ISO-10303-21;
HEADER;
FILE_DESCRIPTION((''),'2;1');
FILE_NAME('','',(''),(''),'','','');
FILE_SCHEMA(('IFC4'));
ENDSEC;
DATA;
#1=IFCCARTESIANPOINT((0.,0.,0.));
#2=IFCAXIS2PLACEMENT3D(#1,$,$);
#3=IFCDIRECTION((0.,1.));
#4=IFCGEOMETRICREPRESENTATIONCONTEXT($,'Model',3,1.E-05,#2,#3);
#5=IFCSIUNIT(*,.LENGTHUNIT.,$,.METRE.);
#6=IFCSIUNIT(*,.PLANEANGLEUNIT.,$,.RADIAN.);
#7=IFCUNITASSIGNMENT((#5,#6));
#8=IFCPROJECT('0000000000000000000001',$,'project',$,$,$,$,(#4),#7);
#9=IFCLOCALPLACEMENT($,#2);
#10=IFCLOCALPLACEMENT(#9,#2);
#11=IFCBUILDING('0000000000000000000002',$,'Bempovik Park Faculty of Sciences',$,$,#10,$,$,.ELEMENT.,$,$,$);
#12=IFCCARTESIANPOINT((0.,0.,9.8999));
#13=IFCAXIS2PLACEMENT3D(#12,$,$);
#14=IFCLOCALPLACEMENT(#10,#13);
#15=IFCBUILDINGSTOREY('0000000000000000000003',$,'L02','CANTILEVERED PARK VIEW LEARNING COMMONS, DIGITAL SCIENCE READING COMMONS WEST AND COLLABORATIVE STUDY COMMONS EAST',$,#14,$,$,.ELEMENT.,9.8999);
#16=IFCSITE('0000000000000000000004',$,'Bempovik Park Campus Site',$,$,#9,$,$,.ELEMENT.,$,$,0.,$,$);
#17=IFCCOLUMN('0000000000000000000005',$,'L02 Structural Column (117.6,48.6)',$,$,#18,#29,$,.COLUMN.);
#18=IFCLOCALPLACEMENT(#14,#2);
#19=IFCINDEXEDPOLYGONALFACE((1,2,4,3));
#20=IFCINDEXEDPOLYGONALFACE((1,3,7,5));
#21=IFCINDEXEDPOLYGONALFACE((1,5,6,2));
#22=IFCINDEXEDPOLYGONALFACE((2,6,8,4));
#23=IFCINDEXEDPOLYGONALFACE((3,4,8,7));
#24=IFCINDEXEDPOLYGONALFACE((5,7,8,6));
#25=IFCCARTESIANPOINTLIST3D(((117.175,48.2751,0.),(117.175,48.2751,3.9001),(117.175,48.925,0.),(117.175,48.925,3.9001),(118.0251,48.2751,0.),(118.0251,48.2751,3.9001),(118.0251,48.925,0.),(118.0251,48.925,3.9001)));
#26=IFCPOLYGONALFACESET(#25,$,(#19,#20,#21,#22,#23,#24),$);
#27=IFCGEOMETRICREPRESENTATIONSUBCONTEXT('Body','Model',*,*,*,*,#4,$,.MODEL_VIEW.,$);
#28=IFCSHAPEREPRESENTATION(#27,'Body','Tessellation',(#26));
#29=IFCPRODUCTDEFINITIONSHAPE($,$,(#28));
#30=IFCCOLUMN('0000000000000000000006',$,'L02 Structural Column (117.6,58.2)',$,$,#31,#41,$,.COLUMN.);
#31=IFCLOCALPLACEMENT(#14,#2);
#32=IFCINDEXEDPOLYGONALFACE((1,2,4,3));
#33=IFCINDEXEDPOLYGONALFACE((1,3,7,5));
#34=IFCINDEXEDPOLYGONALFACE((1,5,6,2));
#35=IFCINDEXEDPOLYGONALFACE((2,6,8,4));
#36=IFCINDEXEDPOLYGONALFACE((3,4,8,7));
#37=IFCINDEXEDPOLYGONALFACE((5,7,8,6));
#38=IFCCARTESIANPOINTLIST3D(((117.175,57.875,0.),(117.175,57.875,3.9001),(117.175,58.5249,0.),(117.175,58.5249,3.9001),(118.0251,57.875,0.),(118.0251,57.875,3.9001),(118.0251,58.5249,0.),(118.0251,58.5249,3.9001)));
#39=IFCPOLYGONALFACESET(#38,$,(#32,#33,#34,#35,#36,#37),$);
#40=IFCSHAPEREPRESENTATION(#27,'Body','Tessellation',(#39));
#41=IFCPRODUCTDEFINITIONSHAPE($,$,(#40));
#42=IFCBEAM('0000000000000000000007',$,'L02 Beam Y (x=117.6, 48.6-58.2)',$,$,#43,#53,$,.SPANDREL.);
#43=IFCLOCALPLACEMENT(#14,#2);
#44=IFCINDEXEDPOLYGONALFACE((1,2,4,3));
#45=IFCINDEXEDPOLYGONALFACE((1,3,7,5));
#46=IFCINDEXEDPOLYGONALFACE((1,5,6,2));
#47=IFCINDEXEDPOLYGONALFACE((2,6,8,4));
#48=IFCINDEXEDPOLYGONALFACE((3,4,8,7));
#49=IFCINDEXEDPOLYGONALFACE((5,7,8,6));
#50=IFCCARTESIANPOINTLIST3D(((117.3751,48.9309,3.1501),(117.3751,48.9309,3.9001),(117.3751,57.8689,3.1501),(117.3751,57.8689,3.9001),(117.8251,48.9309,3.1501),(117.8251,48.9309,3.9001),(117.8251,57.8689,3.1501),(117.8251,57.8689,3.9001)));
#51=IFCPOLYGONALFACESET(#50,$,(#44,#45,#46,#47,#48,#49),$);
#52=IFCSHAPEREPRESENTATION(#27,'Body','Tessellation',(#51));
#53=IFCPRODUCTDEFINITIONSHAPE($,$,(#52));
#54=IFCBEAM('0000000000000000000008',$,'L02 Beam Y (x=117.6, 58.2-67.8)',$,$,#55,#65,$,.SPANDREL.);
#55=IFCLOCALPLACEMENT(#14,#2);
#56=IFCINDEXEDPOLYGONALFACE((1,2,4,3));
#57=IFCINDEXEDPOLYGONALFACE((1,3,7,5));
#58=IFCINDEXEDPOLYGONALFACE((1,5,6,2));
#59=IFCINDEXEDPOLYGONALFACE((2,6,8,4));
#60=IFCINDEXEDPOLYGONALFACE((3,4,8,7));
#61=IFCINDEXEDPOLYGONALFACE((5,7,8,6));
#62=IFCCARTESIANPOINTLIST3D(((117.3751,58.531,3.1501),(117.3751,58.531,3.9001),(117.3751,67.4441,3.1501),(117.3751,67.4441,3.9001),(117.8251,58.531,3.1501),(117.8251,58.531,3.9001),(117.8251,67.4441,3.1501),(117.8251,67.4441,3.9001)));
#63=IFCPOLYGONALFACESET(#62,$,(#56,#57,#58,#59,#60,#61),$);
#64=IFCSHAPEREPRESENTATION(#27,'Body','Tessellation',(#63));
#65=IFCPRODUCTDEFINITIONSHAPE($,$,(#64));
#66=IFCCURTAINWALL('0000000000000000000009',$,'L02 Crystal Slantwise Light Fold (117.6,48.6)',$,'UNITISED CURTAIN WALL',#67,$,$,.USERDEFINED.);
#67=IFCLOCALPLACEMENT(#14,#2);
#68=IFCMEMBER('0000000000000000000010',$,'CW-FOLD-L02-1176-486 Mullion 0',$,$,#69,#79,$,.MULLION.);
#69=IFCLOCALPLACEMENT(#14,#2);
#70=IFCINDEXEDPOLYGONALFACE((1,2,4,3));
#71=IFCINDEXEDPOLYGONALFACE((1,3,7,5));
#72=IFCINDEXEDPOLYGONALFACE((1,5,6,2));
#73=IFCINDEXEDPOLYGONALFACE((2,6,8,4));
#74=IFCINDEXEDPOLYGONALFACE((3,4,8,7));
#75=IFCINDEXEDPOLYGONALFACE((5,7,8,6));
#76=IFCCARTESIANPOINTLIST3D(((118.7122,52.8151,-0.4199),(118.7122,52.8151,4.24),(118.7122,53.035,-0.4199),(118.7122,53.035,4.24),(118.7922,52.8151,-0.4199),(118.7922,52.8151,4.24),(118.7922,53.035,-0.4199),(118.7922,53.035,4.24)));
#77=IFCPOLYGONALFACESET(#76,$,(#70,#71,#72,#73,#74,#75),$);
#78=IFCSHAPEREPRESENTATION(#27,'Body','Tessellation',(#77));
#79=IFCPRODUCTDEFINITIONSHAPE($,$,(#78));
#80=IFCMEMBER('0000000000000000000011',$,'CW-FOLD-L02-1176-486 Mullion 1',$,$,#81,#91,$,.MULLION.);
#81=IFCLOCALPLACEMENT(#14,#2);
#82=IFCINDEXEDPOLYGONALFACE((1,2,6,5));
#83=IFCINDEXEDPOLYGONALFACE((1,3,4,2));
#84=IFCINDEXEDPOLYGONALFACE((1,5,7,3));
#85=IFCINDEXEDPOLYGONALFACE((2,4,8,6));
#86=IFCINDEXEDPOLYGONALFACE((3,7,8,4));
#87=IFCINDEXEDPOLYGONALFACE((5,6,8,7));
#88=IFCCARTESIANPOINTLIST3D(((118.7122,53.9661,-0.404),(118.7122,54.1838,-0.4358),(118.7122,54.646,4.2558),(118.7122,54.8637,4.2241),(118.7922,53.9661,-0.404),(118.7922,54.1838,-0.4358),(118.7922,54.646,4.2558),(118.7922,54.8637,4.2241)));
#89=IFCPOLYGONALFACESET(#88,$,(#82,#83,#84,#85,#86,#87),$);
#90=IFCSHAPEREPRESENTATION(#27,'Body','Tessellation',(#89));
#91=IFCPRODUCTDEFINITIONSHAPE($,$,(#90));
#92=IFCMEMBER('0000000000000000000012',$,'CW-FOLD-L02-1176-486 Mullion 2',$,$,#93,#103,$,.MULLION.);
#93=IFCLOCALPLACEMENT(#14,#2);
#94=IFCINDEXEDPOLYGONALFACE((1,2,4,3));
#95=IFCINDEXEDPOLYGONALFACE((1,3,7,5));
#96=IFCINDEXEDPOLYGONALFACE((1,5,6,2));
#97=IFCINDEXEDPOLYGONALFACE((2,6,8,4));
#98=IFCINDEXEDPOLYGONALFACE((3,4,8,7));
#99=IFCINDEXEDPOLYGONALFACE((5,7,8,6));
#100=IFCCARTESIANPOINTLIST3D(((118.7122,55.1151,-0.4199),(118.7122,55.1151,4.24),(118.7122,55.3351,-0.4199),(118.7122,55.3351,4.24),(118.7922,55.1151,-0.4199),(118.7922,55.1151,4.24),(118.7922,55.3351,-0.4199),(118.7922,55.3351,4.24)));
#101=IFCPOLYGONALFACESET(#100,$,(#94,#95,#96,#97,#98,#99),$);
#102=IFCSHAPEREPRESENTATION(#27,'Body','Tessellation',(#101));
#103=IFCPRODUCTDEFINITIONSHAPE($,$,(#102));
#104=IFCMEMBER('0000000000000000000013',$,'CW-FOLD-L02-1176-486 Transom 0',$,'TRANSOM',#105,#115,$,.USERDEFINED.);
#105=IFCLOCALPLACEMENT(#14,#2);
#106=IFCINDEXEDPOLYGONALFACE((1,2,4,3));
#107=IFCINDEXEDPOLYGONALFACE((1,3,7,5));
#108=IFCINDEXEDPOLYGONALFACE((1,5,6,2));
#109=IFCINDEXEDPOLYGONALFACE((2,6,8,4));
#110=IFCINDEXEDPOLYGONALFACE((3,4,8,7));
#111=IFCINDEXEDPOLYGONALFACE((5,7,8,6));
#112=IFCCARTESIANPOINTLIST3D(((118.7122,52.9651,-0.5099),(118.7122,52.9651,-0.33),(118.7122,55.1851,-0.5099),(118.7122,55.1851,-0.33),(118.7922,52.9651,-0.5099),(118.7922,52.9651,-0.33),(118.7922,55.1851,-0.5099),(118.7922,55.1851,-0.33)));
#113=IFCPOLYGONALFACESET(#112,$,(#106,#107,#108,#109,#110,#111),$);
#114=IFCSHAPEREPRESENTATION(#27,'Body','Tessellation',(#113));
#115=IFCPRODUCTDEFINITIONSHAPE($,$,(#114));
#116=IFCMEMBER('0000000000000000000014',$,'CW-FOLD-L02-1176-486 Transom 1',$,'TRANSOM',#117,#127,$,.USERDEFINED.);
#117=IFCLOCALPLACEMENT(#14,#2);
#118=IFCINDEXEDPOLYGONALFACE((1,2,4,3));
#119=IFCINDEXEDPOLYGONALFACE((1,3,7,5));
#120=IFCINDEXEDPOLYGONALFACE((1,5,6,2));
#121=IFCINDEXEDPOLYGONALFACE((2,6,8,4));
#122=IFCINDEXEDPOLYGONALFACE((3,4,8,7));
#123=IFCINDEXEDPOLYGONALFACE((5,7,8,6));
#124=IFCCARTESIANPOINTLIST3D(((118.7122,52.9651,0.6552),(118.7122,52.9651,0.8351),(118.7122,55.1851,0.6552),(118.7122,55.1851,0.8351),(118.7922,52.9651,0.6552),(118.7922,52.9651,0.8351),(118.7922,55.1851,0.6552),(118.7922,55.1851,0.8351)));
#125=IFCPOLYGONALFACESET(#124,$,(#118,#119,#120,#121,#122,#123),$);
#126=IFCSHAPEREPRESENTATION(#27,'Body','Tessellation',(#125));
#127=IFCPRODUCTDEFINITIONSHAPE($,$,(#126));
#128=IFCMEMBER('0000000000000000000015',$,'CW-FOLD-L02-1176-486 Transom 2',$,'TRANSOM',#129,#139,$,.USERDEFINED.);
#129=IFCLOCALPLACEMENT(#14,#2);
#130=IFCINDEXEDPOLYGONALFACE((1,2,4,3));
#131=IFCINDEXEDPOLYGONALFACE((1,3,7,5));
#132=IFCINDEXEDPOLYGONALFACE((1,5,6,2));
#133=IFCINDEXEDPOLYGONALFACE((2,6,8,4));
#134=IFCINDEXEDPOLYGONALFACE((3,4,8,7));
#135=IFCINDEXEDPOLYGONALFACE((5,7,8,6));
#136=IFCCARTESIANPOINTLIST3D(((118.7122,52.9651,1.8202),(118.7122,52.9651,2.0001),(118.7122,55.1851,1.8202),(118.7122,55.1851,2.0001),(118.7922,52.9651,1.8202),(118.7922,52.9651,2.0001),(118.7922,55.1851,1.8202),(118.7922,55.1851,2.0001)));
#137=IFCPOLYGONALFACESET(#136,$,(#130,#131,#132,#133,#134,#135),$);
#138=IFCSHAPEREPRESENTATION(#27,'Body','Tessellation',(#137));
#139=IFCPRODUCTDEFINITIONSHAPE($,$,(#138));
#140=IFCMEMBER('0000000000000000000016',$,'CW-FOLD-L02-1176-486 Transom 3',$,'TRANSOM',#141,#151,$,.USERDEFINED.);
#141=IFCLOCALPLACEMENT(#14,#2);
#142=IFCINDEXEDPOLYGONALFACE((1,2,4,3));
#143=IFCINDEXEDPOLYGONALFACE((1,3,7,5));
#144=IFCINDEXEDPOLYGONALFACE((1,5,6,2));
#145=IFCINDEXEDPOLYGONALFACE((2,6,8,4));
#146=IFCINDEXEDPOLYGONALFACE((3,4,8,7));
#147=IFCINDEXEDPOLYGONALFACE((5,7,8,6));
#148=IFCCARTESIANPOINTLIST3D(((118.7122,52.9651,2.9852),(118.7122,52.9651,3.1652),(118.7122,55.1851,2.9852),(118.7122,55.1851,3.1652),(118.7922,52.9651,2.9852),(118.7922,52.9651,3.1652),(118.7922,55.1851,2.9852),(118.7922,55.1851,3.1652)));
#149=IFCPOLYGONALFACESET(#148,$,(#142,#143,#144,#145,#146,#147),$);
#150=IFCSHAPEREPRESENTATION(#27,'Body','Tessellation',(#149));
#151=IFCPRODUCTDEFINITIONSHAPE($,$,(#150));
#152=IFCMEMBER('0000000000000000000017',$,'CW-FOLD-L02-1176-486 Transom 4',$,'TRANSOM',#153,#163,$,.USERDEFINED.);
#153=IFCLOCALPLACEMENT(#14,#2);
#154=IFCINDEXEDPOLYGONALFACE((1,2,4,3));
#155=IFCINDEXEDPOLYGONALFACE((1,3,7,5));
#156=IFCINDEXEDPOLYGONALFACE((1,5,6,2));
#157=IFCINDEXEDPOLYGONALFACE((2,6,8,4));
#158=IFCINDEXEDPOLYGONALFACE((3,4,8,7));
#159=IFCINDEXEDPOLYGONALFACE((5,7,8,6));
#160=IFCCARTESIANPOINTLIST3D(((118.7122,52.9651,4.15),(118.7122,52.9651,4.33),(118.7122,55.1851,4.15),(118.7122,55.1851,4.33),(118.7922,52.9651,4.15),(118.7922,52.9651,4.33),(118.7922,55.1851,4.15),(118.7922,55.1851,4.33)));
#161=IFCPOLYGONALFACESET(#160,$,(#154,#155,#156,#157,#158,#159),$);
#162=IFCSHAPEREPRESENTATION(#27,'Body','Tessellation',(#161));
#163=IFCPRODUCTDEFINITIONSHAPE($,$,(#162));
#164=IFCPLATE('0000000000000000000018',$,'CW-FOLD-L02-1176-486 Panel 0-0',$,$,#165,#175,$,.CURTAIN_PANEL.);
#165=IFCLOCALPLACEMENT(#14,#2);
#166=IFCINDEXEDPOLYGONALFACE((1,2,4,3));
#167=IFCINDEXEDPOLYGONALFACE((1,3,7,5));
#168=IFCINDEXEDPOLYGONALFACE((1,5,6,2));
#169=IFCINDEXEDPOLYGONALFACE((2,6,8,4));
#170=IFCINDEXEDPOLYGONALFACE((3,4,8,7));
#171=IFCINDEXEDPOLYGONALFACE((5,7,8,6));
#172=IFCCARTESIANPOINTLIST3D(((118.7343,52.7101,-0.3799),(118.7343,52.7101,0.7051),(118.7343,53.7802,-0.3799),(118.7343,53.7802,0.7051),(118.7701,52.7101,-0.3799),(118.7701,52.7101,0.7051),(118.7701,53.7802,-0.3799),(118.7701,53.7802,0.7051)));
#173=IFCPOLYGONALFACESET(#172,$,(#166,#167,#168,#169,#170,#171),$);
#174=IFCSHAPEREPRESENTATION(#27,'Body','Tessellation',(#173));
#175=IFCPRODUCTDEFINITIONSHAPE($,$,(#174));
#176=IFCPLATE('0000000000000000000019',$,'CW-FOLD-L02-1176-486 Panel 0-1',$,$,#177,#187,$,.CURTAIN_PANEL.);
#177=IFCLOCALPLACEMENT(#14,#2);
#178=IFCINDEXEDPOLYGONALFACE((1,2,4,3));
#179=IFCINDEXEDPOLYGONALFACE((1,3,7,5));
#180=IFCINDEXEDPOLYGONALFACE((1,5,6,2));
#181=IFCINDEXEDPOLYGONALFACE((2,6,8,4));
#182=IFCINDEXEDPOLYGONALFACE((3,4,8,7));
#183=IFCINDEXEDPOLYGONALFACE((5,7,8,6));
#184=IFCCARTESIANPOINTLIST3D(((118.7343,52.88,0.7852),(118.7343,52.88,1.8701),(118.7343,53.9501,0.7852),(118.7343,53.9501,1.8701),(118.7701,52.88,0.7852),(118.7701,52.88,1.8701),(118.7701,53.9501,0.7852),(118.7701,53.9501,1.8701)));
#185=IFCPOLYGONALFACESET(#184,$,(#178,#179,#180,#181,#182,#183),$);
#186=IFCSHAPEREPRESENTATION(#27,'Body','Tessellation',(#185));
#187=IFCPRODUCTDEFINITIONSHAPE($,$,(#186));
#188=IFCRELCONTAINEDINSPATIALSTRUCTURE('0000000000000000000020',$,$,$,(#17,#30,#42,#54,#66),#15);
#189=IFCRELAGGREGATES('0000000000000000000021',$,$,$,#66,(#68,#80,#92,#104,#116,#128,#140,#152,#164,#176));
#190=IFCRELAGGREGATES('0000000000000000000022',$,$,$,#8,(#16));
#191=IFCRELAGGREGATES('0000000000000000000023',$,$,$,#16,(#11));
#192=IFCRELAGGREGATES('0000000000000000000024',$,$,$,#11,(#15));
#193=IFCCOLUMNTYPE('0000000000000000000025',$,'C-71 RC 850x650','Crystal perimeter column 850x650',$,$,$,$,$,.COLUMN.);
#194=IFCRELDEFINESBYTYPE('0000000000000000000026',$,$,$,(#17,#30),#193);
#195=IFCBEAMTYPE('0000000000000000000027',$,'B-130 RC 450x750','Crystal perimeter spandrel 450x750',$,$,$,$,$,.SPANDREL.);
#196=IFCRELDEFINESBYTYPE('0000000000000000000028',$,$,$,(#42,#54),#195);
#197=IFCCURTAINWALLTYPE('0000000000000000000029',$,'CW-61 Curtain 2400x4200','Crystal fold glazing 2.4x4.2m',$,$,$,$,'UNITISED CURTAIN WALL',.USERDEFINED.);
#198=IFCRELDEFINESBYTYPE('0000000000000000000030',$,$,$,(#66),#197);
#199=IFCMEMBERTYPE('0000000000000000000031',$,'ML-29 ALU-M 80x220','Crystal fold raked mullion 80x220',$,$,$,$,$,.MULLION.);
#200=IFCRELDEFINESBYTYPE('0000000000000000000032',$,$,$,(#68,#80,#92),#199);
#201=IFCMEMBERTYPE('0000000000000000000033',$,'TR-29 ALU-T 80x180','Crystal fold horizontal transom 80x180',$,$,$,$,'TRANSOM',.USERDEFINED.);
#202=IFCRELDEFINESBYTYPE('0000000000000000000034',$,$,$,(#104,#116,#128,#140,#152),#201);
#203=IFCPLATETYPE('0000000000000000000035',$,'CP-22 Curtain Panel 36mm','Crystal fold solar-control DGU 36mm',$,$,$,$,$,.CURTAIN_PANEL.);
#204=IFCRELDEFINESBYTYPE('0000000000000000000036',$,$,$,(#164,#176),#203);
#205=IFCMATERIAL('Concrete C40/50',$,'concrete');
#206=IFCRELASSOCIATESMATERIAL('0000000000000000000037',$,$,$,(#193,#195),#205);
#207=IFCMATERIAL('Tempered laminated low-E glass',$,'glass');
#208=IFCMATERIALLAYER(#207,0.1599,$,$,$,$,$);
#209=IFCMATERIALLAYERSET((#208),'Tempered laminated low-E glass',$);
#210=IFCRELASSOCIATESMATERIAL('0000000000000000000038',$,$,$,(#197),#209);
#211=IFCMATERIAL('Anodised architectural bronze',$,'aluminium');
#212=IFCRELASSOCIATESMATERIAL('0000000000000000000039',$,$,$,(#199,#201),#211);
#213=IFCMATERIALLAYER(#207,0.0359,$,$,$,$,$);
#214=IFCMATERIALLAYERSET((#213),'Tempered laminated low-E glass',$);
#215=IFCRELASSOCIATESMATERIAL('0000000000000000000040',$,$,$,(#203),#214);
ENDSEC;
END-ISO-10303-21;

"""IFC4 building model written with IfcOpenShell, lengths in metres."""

from ifc_helpers import new_model, si_unit, direction, frame, origin, origin_2d, place, context, subcontext, project, spatial, rectangle, extrude, material, layer, layer_set, material_profile, profile_set, type_object, element, aggregate, save


model = new_model("IFC4")

# Units and contexts
model_context = context("Model", 3, precision=1e-05, world=origin(), true_north=direction((0.0, 1.0)))
body_context = subcontext(model_context, "Body", "Model", "MODEL_VIEW")
ifc_project = project(units=[si_unit("LENGTHUNIT", "METRE"), si_unit("PLANEANGLEUNIT", "RADIAN")], contexts=[model_context])

# Site, building, storey
site_placement = place(None, origin())
site = spatial("IfcSite", under=ifc_project, at=site_placement, Name="Bempovik Park Campus Site", CompositionType="ELEMENT", RefElevation=0.0)
building_placement = place(site_placement, origin())
building = spatial("IfcBuilding", under=site, at=building_placement, Name="Bempovik Park Faculty of Sciences", CompositionType="ELEMENT")
storey_placement = place(building_placement, frame((0.0, 0.0, 9.8999)))
storey = spatial("IfcBuildingStorey", under=building, at=storey_placement, Name="L02", Description="CANTILEVERED PARK VIEW LEARNING COMMONS, DIGITAL SCIENCE READING COMMONS WEST AND COLLABORATIVE STUDY COMMONS EAST", CompositionType="ELEMENT", Elevation=9.8999)

# Columns
ifc_material_1 = material(Name="Concrete C40/50", Category="concrete")
ifc_material_profile_1 = material_profile(ifc_material_1, rectangle(XDim=0.8501, YDim=0.6499, at=origin_2d()), Name="RC 850x650")
ifc_profile_set_1 = profile_set([ifc_material_profile_1], Name="Concrete C40/50")
column_type = type_object("IfcColumnType", Name="C-71 RC 850x650", Description="Crystal perimeter column 850x650", PredefinedType="COLUMN", material=ifc_profile_set_1)
for number, where, z_axis, x_axis, name in (
    (1, (117.6001, 48.6001, 0.0), (0.0, 0.0, 1.0), (1.0, 0.0, 0.0), "L02 Structural Column (117.6,48.6)"),
    (2, (117.6001, 58.2, 0.0), (0.0, 0.0, 1.0), (1.0, 0.0, 0.0), "L02 Structural Column (117.6,58.2)"),
):
    element("IfcColumn", number, at=place(storey_placement, frame(where, z_axis=z_axis, x_axis=x_axis)), inside=storey, type_object=column_type, Name=name, PredefinedType="COLUMN", context=body_context, shape_type="SweptSolid", body=[
        extrude(rectangle(XDim=0.8501, YDim=0.6499, at=origin_2d()), origin(), (0.0, 0.0, 1.0), 3.9001),
    ])

# Beams
ifc_material_profile_2 = material_profile(ifc_material_1, rectangle(XDim=0.45, YDim=0.75, at=origin_2d()), Name="RC 450x750")
ifc_profile_set_2 = profile_set([ifc_material_profile_2], Name="Concrete C40/50")
beam_type = type_object("IfcBeamType", Name="B-130 RC 450x750", Description="Crystal perimeter spandrel 450x750", PredefinedType="SPANDREL", material=ifc_profile_set_2)
beam_1_placement = place(storey_placement, frame((117.6001, 48.9309, 3.5251), z_axis=(0.0, 1.0, 0.0), x_axis=(-1.0, 0.0, 0.0)))
element("IfcBeam", 3, at=beam_1_placement, inside=storey, type_object=beam_type, Name="L02 Beam Y (x=117.6, 48.6-58.2)", PredefinedType="SPANDREL", context=body_context, shape_type="SweptSolid", body=[
    extrude(rectangle(XDim=0.45, YDim=0.75, at=origin_2d()), origin(), (0.0, 0.0, 1.0), 8.938),
])
beam_2_placement = place(storey_placement, frame((117.6001, 58.531, 3.5251), z_axis=(0.0, 1.0, 0.0), x_axis=(-1.0, 0.0, 0.0)))
element("IfcBeam", 4, at=beam_2_placement, inside=storey, type_object=beam_type, Name="L02 Beam Y (x=117.6, 58.2-67.8)", PredefinedType="SPANDREL", context=body_context, shape_type="SweptSolid", body=[
    extrude(rectangle(XDim=0.45, YDim=0.75, at=origin_2d()), origin(), (0.0, 0.0, 1.0), 8.9131),
])

# Curtain wall, members, plates
ifc_material_2 = material(Name="Tempered laminated low-E glass", Category="glass")
ifc_layer_1 = layer(ifc_material_2, 0.1599)
ifc_layer_set_1 = layer_set([ifc_layer_1], Name="Tempered laminated low-E glass")
curtain_wall_type = type_object("IfcCurtainWallType", Name="CW-61 Curtain 2400x4200", Description="Crystal fold glazing 2.4x4.2m", ElementType="UNITISED CURTAIN WALL", PredefinedType="USERDEFINED", material=ifc_layer_set_1)
curtain_wall_placement = place(storey_placement, origin())
curtain_wall = element("IfcCurtainWall", 5, at=curtain_wall_placement, inside=storey, type_object=curtain_wall_type, Name="L02 Crystal Slantwise Light Fold (117.6,48.6)", ObjectType="UNITISED CURTAIN WALL", PredefinedType="USERDEFINED")
ifc_material_3 = material(Name="Anodised architectural bronze", Category="aluminium")
ifc_material_profile_3 = material_profile(ifc_material_3, rectangle(XDim=0.0801, YDim=0.22, at=origin_2d()), Name="ALU-M 80x220")
ifc_profile_set_3 = profile_set([ifc_material_profile_3], Name="Anodised architectural bronze")
member_type_1 = type_object("IfcMemberType", Name="ML-29 ALU-M 80x220", Description="Crystal fold raked mullion 80x220", PredefinedType="MULLION", material=ifc_profile_set_3)
member_1_placement = place(storey_placement, frame((118.7522, 52.925, -0.4199), z_axis=(0.0, 0.0, 1.0), x_axis=(1.0, 0.0, 0.0)))
member_1 = element("IfcMember", 6, at=member_1_placement, type_object=member_type_1, Name="CW-FOLD-L02-1176-486 Mullion 0", PredefinedType="MULLION", context=body_context, shape_type="SweptSolid", body=[
    extrude(rectangle(XDim=0.0801, YDim=0.22, at=origin_2d()), origin(), (0.0, 0.0, 1.0), 4.6599),
])
member_2_placement = place(storey_placement, frame((118.7522, 54.075, -0.4199), z_axis=(0.0, 0.144382, 0.989522), x_axis=(-1.0, 0.0, 0.0)))
member_2 = element("IfcMember", 7, at=member_2_placement, type_object=member_type_1, Name="CW-FOLD-L02-1176-486 Mullion 1", PredefinedType="MULLION", context=body_context, shape_type="SweptSolid", body=[
    extrude(rectangle(XDim=0.0801, YDim=0.22, at=origin_2d()), origin(), (0.0, 0.0, 1.0), 4.7092),
])
member_3_placement = place(storey_placement, frame((118.7522, 55.2251, -0.4199), z_axis=(0.0, 0.0, 1.0), x_axis=(1.0, 0.0, 0.0)))
member_3 = element("IfcMember", 8, at=member_3_placement, type_object=member_type_1, Name="CW-FOLD-L02-1176-486 Mullion 2", PredefinedType="MULLION", context=body_context, shape_type="SweptSolid", body=[
    extrude(rectangle(XDim=0.0801, YDim=0.22, at=origin_2d()), origin(), (0.0, 0.0, 1.0), 4.6599),
])
ifc_material_profile_4 = material_profile(ifc_material_3, rectangle(XDim=0.0801, YDim=0.1799, at=origin_2d()), Name="ALU-T 80x180")
ifc_profile_set_4 = profile_set([ifc_material_profile_4], Name="Anodised architectural bronze")
member_type_2 = type_object("IfcMemberType", Name="TR-29 ALU-T 80x180", Description="Crystal fold horizontal transom 80x180", ElementType="TRANSOM", PredefinedType="USERDEFINED", material=ifc_profile_set_4)
member_4_placement = place(storey_placement, frame((118.7522, 52.9651, -0.4199), z_axis=(0.0, 1.0, 0.0), x_axis=(-1.0, 0.0, 0.0)))
member_4 = element("IfcMember", 9, at=member_4_placement, type_object=member_type_2, Name="CW-FOLD-L02-1176-486 Transom 0", ObjectType="TRANSOM", PredefinedType="USERDEFINED", context=body_context, shape_type="SweptSolid", body=[
    extrude(rectangle(XDim=0.0801, YDim=0.1799, at=origin_2d()), origin(), (0.0, 0.0, 1.0), 2.22),
])
member_5_placement = place(storey_placement, frame((118.7522, 52.9651, 0.7451), z_axis=(0.0, 1.0, 0.0), x_axis=(-1.0, 0.0, 0.0)))
member_5 = element("IfcMember", 10, at=member_5_placement, type_object=member_type_2, Name="CW-FOLD-L02-1176-486 Transom 1", ObjectType="TRANSOM", PredefinedType="USERDEFINED", context=body_context, shape_type="SweptSolid", body=[
    extrude(rectangle(XDim=0.0801, YDim=0.1799, at=origin_2d()), origin(), (0.0, 0.0, 1.0), 2.22),
])
member_6_placement = place(storey_placement, frame((118.7522, 52.9651, 1.9102), z_axis=(0.0, 1.0, 0.0), x_axis=(-1.0, 0.0, 0.0)))
member_6 = element("IfcMember", 11, at=member_6_placement, type_object=member_type_2, Name="CW-FOLD-L02-1176-486 Transom 2", ObjectType="TRANSOM", PredefinedType="USERDEFINED", context=body_context, shape_type="SweptSolid", body=[
    extrude(rectangle(XDim=0.0801, YDim=0.1799, at=origin_2d()), origin(), (0.0, 0.0, 1.0), 2.22),
])
member_7_placement = place(storey_placement, frame((118.7522, 52.9651, 3.0752), z_axis=(0.0, 1.0, 0.0), x_axis=(-1.0, 0.0, 0.0)))
member_7 = element("IfcMember", 12, at=member_7_placement, type_object=member_type_2, Name="CW-FOLD-L02-1176-486 Transom 3", ObjectType="TRANSOM", PredefinedType="USERDEFINED", context=body_context, shape_type="SweptSolid", body=[
    extrude(rectangle(XDim=0.0801, YDim=0.1799, at=origin_2d()), origin(), (0.0, 0.0, 1.0), 2.22),
])
member_8_placement = place(storey_placement, frame((118.7522, 52.9651, 4.24), z_axis=(0.0, 1.0, 0.0), x_axis=(-1.0, 0.0, 0.0)))
member_8 = element("IfcMember", 13, at=member_8_placement, type_object=member_type_2, Name="CW-FOLD-L02-1176-486 Transom 4", ObjectType="TRANSOM", PredefinedType="USERDEFINED", context=body_context, shape_type="SweptSolid", body=[
    extrude(rectangle(XDim=0.0801, YDim=0.1799, at=origin_2d()), origin(), (0.0, 0.0, 1.0), 2.22),
])
ifc_layer_2 = layer(ifc_material_2, 0.0359)
ifc_layer_set_2 = layer_set([ifc_layer_2], Name="Tempered laminated low-E glass")
plate_type = type_object("IfcPlateType", Name="CP-22 Curtain Panel 36mm", Description="Crystal fold solar-control DGU 36mm", PredefinedType="CURTAIN_PANEL", material=ifc_layer_set_2)
plate_1_placement = place(storey_placement, frame((118.7522, 53.2451, -0.3799), z_axis=(0.0, 0.0, 1.0), x_axis=(0.0, 1.0, 0.0)))
plate_1 = element("IfcPlate", 14, at=plate_1_placement, type_object=plate_type, Name="CW-FOLD-L02-1176-486 Panel 0-0", PredefinedType="CURTAIN_PANEL", context=body_context, shape_type="SweptSolid", body=[
    extrude(rectangle(XDim=1.0701, YDim=0.0359, at=origin_2d()), origin(), (0.0, 0.0, 1.0), 1.085),
])
plate_2_placement = place(storey_placement, frame((118.7522, 53.415, 0.7852), z_axis=(0.0, 0.0, 1.0), x_axis=(0.0, 1.0, 0.0)))
plate_2 = element("IfcPlate", 15, at=plate_2_placement, type_object=plate_type, Name="CW-FOLD-L02-1176-486 Panel 0-1", PredefinedType="CURTAIN_PANEL", context=body_context, shape_type="SweptSolid", body=[
    extrude(rectangle(XDim=1.0701, YDim=0.0359, at=origin_2d()), origin(), (0.0, 0.0, 1.0), 1.085),
])
aggregate(curtain_wall, [member_1, member_2, member_3, member_4, member_5, member_6, member_7, member_8, plate_1, plate_2])

save(model, "model.ifc")
